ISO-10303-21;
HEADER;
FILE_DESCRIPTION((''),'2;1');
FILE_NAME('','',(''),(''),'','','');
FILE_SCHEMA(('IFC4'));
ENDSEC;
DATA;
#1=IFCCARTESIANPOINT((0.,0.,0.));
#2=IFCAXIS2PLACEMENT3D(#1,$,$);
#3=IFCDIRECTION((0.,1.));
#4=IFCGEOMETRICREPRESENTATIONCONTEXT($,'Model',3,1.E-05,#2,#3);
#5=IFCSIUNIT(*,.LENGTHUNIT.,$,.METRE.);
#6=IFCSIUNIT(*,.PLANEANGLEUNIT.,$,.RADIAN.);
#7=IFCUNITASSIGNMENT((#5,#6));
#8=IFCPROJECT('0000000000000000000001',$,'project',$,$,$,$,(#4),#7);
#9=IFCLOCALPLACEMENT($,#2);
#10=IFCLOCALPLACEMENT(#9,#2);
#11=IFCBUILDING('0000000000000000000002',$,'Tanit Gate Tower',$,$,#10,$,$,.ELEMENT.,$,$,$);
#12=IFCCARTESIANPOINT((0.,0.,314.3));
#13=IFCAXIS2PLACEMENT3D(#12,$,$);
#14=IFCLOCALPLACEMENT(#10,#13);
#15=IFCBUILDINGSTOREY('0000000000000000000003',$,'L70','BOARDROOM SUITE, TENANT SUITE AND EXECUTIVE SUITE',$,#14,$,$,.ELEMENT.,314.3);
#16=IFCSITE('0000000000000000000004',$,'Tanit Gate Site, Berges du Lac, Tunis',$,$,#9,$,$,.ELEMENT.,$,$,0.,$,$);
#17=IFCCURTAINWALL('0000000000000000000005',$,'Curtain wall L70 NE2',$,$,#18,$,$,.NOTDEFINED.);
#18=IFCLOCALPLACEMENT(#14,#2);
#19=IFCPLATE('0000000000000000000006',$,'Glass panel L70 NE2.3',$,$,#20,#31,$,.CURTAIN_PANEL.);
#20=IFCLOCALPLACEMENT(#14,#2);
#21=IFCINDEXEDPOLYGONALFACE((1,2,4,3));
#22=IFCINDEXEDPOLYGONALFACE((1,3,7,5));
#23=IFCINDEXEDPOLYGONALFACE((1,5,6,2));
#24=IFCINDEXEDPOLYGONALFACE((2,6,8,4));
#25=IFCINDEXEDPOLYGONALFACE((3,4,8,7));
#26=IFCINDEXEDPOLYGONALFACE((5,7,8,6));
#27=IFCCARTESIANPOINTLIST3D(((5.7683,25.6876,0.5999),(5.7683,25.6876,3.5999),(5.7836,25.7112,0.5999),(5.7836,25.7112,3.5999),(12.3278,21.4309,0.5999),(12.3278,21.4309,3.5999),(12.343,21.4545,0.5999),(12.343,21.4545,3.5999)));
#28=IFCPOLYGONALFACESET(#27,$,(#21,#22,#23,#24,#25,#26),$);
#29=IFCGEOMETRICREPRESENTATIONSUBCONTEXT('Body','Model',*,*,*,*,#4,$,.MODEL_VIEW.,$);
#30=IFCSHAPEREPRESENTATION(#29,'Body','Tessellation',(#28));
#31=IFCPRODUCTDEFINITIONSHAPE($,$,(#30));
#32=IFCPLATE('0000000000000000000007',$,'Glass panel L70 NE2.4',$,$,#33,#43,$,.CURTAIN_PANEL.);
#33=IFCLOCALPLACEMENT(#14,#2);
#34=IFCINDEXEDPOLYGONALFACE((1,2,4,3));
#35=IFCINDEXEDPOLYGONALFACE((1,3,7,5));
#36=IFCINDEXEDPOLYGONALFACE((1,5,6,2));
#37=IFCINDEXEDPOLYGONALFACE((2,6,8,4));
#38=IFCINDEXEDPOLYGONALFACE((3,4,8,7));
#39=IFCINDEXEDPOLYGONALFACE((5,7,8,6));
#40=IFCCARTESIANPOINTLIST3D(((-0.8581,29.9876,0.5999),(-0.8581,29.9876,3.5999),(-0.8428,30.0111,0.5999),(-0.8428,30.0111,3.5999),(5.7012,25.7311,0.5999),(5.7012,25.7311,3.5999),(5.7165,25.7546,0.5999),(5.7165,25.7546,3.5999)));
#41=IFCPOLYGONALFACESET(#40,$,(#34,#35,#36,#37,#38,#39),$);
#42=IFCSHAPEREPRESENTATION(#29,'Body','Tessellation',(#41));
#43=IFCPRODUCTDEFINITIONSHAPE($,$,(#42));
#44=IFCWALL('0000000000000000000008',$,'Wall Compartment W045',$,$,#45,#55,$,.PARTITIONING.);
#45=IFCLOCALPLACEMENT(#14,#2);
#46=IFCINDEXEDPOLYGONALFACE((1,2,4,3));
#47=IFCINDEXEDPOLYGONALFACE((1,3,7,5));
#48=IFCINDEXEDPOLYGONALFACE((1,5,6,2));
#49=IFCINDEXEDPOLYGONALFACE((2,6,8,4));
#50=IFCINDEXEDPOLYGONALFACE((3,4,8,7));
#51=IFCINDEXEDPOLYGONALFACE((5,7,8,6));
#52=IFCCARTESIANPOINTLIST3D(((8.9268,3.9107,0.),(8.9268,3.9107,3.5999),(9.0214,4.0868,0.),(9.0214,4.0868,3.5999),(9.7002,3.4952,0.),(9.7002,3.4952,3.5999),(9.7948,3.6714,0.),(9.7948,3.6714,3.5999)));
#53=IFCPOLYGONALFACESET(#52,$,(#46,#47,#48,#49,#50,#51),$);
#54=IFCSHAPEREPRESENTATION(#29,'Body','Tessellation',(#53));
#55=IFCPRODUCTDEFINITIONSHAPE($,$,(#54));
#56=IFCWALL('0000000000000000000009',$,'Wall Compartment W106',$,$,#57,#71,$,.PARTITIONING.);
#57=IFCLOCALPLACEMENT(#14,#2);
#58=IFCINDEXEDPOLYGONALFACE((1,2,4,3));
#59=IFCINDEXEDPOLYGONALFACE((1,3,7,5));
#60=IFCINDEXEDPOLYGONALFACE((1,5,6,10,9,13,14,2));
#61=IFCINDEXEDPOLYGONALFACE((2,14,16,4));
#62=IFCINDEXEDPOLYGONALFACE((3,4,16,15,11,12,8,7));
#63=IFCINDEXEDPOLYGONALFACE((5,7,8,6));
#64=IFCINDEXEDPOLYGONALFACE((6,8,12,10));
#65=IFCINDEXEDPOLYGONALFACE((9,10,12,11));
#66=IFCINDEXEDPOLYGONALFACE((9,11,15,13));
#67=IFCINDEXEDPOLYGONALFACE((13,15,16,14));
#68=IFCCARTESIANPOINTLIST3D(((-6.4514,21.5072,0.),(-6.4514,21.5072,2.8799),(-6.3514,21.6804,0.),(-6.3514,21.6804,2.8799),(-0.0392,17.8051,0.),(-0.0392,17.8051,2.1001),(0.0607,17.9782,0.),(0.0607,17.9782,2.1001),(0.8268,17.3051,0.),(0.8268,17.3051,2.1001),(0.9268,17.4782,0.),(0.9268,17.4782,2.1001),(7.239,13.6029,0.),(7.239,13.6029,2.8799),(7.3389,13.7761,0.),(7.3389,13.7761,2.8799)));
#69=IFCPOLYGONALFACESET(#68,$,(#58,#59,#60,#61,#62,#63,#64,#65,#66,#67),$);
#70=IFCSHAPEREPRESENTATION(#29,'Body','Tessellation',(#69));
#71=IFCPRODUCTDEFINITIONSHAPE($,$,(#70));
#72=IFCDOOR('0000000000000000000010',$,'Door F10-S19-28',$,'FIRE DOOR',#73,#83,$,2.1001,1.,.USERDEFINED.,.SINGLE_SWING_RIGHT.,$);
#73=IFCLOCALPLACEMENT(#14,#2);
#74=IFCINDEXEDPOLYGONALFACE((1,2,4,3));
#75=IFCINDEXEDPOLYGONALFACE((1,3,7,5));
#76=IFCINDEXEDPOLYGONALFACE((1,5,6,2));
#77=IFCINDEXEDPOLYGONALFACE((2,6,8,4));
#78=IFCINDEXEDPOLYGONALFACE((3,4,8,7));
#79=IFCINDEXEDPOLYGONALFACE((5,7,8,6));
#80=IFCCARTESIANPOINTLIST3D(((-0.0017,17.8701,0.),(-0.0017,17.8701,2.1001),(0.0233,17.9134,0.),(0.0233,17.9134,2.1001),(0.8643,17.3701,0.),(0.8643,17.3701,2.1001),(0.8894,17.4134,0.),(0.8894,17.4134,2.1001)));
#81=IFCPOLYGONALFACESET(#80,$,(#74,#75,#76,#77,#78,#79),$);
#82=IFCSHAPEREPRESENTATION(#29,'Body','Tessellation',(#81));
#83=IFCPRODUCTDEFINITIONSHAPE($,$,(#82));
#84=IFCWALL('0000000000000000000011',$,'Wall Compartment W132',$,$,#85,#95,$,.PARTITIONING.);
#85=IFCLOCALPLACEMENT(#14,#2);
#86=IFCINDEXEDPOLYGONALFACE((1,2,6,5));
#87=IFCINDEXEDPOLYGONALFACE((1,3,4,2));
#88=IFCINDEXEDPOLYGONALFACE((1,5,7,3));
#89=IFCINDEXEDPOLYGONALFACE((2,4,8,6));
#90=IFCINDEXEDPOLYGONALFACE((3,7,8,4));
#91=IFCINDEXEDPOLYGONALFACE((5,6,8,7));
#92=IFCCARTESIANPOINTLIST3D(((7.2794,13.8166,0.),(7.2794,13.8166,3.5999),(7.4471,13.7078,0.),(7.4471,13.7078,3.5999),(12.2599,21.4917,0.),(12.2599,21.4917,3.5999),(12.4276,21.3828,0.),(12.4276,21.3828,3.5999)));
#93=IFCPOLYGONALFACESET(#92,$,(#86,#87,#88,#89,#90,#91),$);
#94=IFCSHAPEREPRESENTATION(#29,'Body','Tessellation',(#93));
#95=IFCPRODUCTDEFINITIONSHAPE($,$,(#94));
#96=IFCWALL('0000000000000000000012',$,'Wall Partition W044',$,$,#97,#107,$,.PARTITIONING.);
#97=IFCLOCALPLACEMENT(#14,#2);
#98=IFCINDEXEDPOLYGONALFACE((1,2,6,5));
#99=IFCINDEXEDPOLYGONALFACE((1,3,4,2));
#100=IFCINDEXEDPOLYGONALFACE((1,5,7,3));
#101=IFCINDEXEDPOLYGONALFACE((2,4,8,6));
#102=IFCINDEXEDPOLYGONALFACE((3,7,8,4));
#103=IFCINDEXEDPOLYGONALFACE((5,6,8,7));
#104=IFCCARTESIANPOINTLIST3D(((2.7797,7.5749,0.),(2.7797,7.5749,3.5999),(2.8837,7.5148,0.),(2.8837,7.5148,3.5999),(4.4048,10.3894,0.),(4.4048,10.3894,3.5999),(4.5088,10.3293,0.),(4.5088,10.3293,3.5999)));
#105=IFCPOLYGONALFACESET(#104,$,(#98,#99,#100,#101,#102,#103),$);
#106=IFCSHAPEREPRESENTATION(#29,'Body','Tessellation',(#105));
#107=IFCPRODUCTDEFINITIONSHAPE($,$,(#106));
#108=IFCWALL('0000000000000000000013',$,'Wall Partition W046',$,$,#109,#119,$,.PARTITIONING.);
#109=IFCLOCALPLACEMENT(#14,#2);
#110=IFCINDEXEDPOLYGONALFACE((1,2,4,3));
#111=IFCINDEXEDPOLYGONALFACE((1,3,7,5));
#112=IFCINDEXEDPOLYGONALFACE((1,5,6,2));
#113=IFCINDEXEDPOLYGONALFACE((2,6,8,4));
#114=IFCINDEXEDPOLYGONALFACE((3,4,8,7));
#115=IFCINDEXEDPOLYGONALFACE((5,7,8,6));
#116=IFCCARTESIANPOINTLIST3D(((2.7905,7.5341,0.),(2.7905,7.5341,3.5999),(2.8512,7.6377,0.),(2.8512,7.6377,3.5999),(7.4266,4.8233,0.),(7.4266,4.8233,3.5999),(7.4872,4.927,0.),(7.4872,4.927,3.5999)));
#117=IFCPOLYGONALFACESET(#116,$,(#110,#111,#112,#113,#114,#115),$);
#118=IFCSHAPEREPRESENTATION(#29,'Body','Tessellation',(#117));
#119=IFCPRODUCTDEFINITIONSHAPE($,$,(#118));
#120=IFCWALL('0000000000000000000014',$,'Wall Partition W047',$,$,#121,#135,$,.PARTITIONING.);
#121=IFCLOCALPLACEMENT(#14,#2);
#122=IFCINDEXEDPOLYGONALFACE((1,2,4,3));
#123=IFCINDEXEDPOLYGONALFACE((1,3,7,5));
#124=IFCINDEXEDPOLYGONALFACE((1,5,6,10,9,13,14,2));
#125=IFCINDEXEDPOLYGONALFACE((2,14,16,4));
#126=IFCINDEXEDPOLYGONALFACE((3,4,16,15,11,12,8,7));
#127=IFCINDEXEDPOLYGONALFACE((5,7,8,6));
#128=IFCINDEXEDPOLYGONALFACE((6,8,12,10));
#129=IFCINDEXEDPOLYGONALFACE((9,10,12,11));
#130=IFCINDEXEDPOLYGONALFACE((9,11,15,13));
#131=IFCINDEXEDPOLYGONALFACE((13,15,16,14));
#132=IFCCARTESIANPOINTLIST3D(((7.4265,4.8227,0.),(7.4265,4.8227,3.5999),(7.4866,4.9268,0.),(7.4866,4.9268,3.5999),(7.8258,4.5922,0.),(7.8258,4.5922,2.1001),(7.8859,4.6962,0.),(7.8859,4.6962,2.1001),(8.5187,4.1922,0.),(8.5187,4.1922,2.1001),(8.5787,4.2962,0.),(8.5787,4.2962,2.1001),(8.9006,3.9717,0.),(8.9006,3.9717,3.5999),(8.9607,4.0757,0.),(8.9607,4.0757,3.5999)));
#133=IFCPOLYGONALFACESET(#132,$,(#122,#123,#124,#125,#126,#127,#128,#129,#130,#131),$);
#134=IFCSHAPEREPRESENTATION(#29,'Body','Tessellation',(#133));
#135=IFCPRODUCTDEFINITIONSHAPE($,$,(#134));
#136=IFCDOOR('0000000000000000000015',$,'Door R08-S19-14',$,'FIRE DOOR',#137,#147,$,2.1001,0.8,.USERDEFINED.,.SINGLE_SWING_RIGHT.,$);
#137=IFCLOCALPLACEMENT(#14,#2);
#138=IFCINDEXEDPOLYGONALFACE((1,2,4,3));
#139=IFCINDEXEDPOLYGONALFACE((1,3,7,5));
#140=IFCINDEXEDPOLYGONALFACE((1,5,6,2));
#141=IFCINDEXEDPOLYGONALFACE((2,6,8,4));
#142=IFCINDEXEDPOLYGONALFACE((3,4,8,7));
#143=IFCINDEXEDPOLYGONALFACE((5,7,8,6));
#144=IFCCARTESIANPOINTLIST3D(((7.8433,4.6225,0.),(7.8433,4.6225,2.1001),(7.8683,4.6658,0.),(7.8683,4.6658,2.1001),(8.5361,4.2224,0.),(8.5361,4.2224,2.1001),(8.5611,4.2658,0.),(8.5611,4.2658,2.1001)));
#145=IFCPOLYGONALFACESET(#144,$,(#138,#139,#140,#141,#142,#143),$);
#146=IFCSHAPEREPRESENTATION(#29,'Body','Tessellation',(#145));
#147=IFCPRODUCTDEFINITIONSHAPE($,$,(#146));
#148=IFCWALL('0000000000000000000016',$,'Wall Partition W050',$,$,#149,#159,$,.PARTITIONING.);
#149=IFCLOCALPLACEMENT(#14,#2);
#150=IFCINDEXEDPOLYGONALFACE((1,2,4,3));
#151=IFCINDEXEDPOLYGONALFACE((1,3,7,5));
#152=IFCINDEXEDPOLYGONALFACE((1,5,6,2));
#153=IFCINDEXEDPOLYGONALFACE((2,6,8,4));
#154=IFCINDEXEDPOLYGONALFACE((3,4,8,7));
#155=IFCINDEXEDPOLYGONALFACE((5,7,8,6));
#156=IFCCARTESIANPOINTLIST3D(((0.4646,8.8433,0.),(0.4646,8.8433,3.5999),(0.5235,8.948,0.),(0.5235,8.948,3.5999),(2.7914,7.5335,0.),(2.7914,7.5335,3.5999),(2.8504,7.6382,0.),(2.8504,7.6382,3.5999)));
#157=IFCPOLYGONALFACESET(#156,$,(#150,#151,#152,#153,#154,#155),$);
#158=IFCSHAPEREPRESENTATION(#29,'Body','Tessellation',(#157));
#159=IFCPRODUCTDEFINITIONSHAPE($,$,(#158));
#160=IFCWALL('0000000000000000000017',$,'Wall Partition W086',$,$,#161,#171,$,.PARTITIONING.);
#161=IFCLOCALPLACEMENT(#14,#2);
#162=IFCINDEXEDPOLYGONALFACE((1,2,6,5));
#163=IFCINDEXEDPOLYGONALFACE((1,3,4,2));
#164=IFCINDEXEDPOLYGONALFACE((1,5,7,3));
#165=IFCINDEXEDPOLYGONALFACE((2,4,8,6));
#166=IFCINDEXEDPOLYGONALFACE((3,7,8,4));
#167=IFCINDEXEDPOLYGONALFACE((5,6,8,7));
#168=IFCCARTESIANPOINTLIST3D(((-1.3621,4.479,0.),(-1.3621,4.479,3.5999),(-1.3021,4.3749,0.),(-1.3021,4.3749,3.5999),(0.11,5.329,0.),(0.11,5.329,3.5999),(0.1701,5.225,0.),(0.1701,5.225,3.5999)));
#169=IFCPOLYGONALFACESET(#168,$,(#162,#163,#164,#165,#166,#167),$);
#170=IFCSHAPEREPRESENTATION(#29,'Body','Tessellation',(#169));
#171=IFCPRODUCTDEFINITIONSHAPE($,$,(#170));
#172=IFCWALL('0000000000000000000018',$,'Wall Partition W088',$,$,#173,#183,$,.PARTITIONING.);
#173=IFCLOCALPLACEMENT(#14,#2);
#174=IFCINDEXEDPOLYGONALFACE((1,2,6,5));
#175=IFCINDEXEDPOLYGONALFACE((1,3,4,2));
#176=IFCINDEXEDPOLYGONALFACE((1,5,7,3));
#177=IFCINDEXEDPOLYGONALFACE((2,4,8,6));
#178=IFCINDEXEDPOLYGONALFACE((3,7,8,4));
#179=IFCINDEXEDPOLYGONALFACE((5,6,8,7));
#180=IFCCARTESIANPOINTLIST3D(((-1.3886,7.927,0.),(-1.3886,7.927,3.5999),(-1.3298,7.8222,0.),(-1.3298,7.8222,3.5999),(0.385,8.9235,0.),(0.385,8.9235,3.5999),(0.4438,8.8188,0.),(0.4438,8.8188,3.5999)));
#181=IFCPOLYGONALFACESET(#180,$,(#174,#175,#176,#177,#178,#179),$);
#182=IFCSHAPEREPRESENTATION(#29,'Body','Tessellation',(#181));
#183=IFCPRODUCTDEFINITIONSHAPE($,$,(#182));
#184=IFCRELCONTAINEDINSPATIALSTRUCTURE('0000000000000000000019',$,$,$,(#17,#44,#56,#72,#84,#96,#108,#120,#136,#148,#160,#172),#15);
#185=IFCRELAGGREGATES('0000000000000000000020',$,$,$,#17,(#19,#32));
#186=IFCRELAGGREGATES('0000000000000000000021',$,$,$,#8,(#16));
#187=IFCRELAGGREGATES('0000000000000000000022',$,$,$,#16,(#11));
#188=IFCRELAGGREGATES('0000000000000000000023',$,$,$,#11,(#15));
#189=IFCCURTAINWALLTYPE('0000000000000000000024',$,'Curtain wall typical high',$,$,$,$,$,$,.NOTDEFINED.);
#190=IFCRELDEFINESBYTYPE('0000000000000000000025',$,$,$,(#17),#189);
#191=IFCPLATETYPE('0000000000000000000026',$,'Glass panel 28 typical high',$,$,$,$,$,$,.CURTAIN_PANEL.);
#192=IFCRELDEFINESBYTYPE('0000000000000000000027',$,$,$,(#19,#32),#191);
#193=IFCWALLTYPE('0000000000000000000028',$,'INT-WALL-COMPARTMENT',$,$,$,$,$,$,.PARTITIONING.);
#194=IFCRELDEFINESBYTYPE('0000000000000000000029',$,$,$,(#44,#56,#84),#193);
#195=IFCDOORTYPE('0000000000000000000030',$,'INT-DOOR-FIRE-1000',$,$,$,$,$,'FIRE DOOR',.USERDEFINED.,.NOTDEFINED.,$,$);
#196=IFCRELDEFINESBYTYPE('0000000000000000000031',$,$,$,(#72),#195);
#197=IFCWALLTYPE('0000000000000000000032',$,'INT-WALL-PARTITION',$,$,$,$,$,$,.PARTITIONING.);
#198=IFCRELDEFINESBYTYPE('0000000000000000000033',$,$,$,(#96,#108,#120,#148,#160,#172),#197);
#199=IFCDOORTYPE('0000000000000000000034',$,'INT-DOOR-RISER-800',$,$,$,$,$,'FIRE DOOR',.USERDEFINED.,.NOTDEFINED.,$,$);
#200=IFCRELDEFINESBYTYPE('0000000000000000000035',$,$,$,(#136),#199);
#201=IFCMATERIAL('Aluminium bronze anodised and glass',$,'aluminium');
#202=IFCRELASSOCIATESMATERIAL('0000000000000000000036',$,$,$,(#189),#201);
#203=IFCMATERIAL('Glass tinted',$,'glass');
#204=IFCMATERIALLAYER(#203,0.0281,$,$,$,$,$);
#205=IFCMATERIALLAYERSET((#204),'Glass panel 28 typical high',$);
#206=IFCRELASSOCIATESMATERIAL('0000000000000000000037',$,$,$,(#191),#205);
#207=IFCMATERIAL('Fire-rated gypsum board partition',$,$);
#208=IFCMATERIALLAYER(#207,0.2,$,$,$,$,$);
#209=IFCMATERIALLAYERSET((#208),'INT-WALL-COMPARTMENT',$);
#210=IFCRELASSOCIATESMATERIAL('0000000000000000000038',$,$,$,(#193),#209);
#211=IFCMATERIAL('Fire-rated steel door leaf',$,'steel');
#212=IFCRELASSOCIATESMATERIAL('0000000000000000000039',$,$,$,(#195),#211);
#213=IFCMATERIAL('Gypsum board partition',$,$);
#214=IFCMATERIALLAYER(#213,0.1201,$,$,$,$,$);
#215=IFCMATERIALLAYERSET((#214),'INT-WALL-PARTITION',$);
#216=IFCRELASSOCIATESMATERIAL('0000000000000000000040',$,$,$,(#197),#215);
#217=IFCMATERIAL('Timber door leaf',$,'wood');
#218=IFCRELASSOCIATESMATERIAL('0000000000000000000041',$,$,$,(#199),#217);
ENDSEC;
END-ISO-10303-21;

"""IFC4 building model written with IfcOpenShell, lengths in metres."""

from ifc_helpers import new_model, si_unit, direction, frame, frame_2d, origin, origin_2d, place, context, subcontext, project, spatial, rectangle, extrude, material, layer, layer_set, type_object, element, fill, aggregate, save


model = new_model("IFC4")

# Units and contexts
model_context = context("Model", 3, precision=1e-05, world=origin(), true_north=direction((0.0, 1.0)))
body_context = subcontext(model_context, "Body", "Model", "MODEL_VIEW")
ifc_project = project(units=[si_unit("LENGTHUNIT", "METRE"), si_unit("PLANEANGLEUNIT", "RADIAN")], contexts=[model_context])

# Site, building, storey
site_placement = place(None, origin())
site = spatial("IfcSite", under=ifc_project, at=site_placement, Name="Tanit Gate Site, Berges du Lac, Tunis", CompositionType="ELEMENT", RefElevation=0.0)
building_placement = place(site_placement, origin())
building = spatial("IfcBuilding", under=site, at=building_placement, Name="Tanit Gate Tower", CompositionType="ELEMENT")
storey_placement = place(building_placement, frame((0.0, 0.0, 314.3)))
storey = spatial("IfcBuildingStorey", under=building, at=storey_placement, Name="L70", Description="BOARDROOM SUITE, TENANT SUITE AND EXECUTIVE SUITE", CompositionType="ELEMENT", Elevation=314.3)

# Curtain wall
ifc_material_1 = material(Name="Aluminium bronze anodised and glass", Category="aluminium")
curtain_wall_type = type_object("IfcCurtainWallType", Name="Curtain wall typical high", PredefinedType="NOTDEFINED", material=ifc_material_1)
curtain_wall_1_placement = place(storey_placement, origin())
curtain_wall_1 = element("IfcCurtainWall", 1, at=curtain_wall_1_placement, inside=storey, type_object=curtain_wall_type, Name="Curtain wall L70 NE2", PredefinedType="NOTDEFINED")

# Plates
ifc_material_2 = material(Name="Glass tinted", Category="glass")
ifc_layer_1 = layer(ifc_material_2, 0.0281)
ifc_layer_set_1 = layer_set([ifc_layer_1], Name="Glass panel 28 typical high")
plate_type = type_object("IfcPlateType", Name="Glass panel 28 typical high", PredefinedType="CURTAIN_PANEL", material=ifc_layer_set_1)
plate_1_placement = place(storey_placement, frame((9.0557, 23.571, 0.5999), z_axis=(0.0, 0.0, 1.0), x_axis=(-0.838852, 0.544359, 0.0)))
plate_1 = element("IfcPlate", 2, at=plate_1_placement, type_object=plate_type, Name="Glass panel L70 NE2.3", PredefinedType="CURTAIN_PANEL", context=body_context, shape_type="SweptSolid", body=[
    extrude(rectangle(XDim=7.8196, YDim=0.0281, at=origin_2d()), origin(), (0.0, 0.0, 1.0), 3.0),
])
plate_2_placement = place(storey_placement, frame((2.4292, 27.8711, 0.5999), z_axis=(0.0, 0.0, 1.0), x_axis=(-0.838852, 0.544359, 0.0)))
plate_2 = element("IfcPlate", 3, at=plate_2_placement, type_object=plate_type, Name="Glass panel L70 NE2.4", PredefinedType="CURTAIN_PANEL", context=body_context, shape_type="SweptSolid", body=[
    extrude(rectangle(XDim=7.8193, YDim=0.0281, at=origin_2d()), origin(), (0.0, 0.0, 1.0), 3.0),
])
aggregate(curtain_wall_1, [plate_1, plate_2])

# Wall
ifc_material_3 = material(Name="Fire-rated gypsum board partition")
ifc_layer_2 = layer(ifc_material_3, 0.2)
ifc_layer_set_2 = layer_set([ifc_layer_2], Name="INT-WALL-COMPARTMENT")
wall_type_1 = type_object("IfcWallType", Name="INT-WALL-COMPARTMENT", PredefinedType="PARTITIONING", material=ifc_layer_set_2)
wall_1_placement = place(storey_placement, frame((8.9741, 3.9988, 0.0), z_axis=(0.0, 0.0, 1.0), x_axis=(0.880917, -0.473271, 0.0)))
element("IfcWall", 4, at=wall_1_placement, inside=storey, type_object=wall_type_1, Name="Wall Compartment W045", PredefinedType="PARTITIONING", context=body_context, shape_type="SweptSolid", body=[
    extrude(rectangle(XDim=0.8779, YDim=0.2, at=frame_2d((0.439, 0.0))), origin(), (0.0, 0.0, 1.0), 3.5999),
])

# Wall, opening, door
wall_2_placement = place(storey_placement, frame((7.2891, 13.6895, 0.0), z_axis=(0.0, 0.0, 1.0), x_axis=(-0.866022, 0.500006, 0.0)))
wall_2 = element("IfcWall", 5, at=wall_2_placement, inside=storey, type_object=wall_type_1, Name="Wall Compartment W106", PredefinedType="PARTITIONING", context=body_context, shape_type="SweptSolid", body=[
    extrude(rectangle(XDim=15.8083, YDim=0.2, at=frame_2d((7.9043, 0.0))), origin(), (0.0, 0.0, 1.0), 2.8799),
])
opening_1_placement = place(wall_2_placement, frame((7.4043, 0.0, 0.0)))
opening_1 = element("IfcOpeningElement", 6, at=opening_1_placement, cuts=wall_2, PredefinedType="OPENING", context=body_context, shape_type="SweptSolid", body=[
    extrude(rectangle(XDim=1.0, YDim=2.1001, at=frame_2d((0.5, 1.05))), frame((0.0, 0.1099, 0.0), z_axis=(0.0, -1.0, 0.0), x_axis=(1.0, 0.0, 0.0)), (0.0, 0.0, 1.0), 0.22),
])
ifc_material_4 = material(Name="Fire-rated steel door leaf", Category="steel")
door_type_1 = type_object("IfcDoorType", Name="INT-DOOR-FIRE-1000", ElementType="FIRE DOOR", OperationType="NOTDEFINED", PredefinedType="USERDEFINED", material=ifc_material_4)
door_1_placement = place(opening_1_placement, origin())
door_1 = element("IfcDoor", 7, at=door_1_placement, inside=storey, type_object=door_type_1, Name="Door F10-S19-28", ObjectType="FIRE DOOR", OperationType="SINGLE_SWING_RIGHT", OverallHeight=2.1001, OverallWidth=1.0, PredefinedType="USERDEFINED", context=body_context, shape_type="SweptSolid", body=[
    extrude(rectangle(XDim=1.0, YDim=2.1001, at=frame_2d((0.5, 1.05))), frame((0.0, 0.0249, 0.0), z_axis=(0.0, -1.0, 0.0), x_axis=(1.0, 0.0, 0.0)), (0.0, 0.0, 1.0), 0.05),
])
fill(opening_1, door_1)

# Walls
wall_3_placement = place(storey_placement, frame((7.3633, 13.7622, 0.0), z_axis=(0.0, 0.0, 1.0), x_axis=(0.544349, 0.838859, 0.0)))
element("IfcWall", 8, at=wall_3_placement, inside=storey, type_object=wall_type_1, Name="Wall Compartment W132", PredefinedType="PARTITIONING", context=body_context, shape_type="SweptSolid", body=[
    extrude(rectangle(XDim=9.1494, YDim=0.2, at=frame_2d((4.5747, 0.0))), origin(), (0.0, 0.0, 1.0), 3.5999),
])
ifc_material_5 = material(Name="Gypsum board partition")
ifc_layer_3 = layer(ifc_material_5, 0.1201)
ifc_layer_set_3 = layer_set([ifc_layer_3], Name="INT-WALL-PARTITION")
wall_type_2 = type_object("IfcWallType", Name="INT-WALL-PARTITION", PredefinedType="PARTITIONING", material=ifc_layer_set_3)
wall_4_placement = place(storey_placement, frame((4.4568, 10.3594, 0.0), z_axis=(0.0, 0.0, 1.0), x_axis=(-0.500017, -0.866015, 0.0)))
element("IfcWall", 9, at=wall_4_placement, inside=storey, type_object=wall_type_2, Name="Wall Partition W044", PredefinedType="PARTITIONING", context=body_context, shape_type="SweptSolid", body=[
    extrude(rectangle(XDim=3.25, YDim=0.1201, at=frame_2d((1.625, 0.0))), origin(), (0.0, 0.0, 1.0), 3.5999),
])
wall_5_placement = place(storey_placement, frame((7.4568, 4.8752, 0.0), z_axis=(0.0, 0.0, 1.0), x_axis=(-0.863262, 0.504755, 0.0)))
element("IfcWall", 10, at=wall_5_placement, inside=storey, type_object=wall_type_2, Name="Wall Partition W046", PredefinedType="PARTITIONING", context=body_context, shape_type="SweptSolid", body=[
    extrude(rectangle(XDim=5.3704, YDim=0.1201, at=frame_2d((2.6851, 0.0))), origin(), (0.0, 0.0, 1.0), 3.5999),
])

# Wall, opening, door
wall_6_placement = place(storey_placement, frame((7.4565, 4.8748, 0.0), z_axis=(0.0, 0.0, 1.0), x_axis=(0.866028, -0.499996, 0.0)))
wall_6 = element("IfcWall", 11, at=wall_6_placement, inside=storey, type_object=wall_type_2, Name="Wall Partition W047", PredefinedType="PARTITIONING", context=body_context, shape_type="SweptSolid", body=[
    extrude(rectangle(XDim=1.7021, YDim=0.1201, at=frame_2d((0.8511, 0.0))), origin(), (0.0, 0.0, 1.0), 3.5999),
])
opening_2_placement = place(wall_6_placement, frame((0.4612, 0.0, 0.0)))
opening_2 = element("IfcOpeningElement", 12, at=opening_2_placement, cuts=wall_6, PredefinedType="OPENING", context=body_context, shape_type="SweptSolid", body=[
    extrude(rectangle(XDim=0.8, YDim=2.1001, at=frame_2d((0.3999, 1.05))), frame((0.0, 0.0701, 0.0), z_axis=(0.0, -1.0, 0.0), x_axis=(1.0, 0.0, 0.0)), (0.0, 0.0, 1.0), 0.1401),
])
ifc_material_6 = material(Name="Timber door leaf", Category="wood")
door_type_2 = type_object("IfcDoorType", Name="INT-DOOR-RISER-800", ElementType="FIRE DOOR", OperationType="NOTDEFINED", PredefinedType="USERDEFINED", material=ifc_material_6)
door_2_placement = place(opening_2_placement, origin())
door_2 = element("IfcDoor", 13, at=door_2_placement, inside=storey, type_object=door_type_2, Name="Door R08-S19-14", ObjectType="FIRE DOOR", OperationType="SINGLE_SWING_RIGHT", OverallHeight=2.1001, OverallWidth=0.8, PredefinedType="USERDEFINED", context=body_context, shape_type="SweptSolid", body=[
    extrude(rectangle(XDim=0.8, YDim=2.1001, at=frame_2d((0.3999, 1.05))), frame((0.0, 0.0249, 0.0), z_axis=(0.0, -1.0, 0.0), x_axis=(1.0, 0.0, 0.0)), (0.0, 0.0, 1.0), 0.05),
])
fill(opening_2, door_2)

# Walls
wall_7_placement = place(storey_placement, frame((2.8208, 7.5859, 0.0), z_axis=(0.0, 0.0, 1.0), x_axis=(-0.871427, 0.490526, 0.0)))
element("IfcWall", 14, at=wall_7_placement, inside=storey, type_object=wall_type_2, Name="Wall Partition W050", PredefinedType="PARTITIONING", context=body_context, shape_type="SweptSolid", body=[
    extrude(rectangle(XDim=2.6702, YDim=0.1201, at=frame_2d((1.335, 0.0))), origin(), (0.0, 0.0, 1.0), 3.5999),
])
wall_8_placement = place(storey_placement, frame((0.1401, 5.2771, 0.0), z_axis=(0.0, 0.0, 1.0), x_axis=(-0.865989, -0.500062, 0.0)))
element("IfcWall", 15, at=wall_8_placement, inside=storey, type_object=wall_type_2, Name="Wall Partition W086", PredefinedType="PARTITIONING", context=body_context, shape_type="SweptSolid", body=[
    extrude(rectangle(XDim=1.7, YDim=0.1201, at=frame_2d((0.8501, 0.0))), origin(), (0.0, 0.0, 1.0), 3.5999),
])
wall_9_placement = place(storey_placement, frame((0.4143, 8.8711, 0.0), z_axis=(0.0, 0.0, 1.0), x_axis=(-0.871809, -0.489845, 0.0)))
element("IfcWall", 16, at=wall_9_placement, inside=storey, type_object=wall_type_2, Name="Wall Partition W088", PredefinedType="PARTITIONING", context=body_context, shape_type="SweptSolid", body=[
    extrude(rectangle(XDim=2.0344, YDim=0.1201, at=frame_2d((1.0171, 0.0))), origin(), (0.0, 0.0, 1.0), 3.5999),
])

save(model, "model.ifc")
